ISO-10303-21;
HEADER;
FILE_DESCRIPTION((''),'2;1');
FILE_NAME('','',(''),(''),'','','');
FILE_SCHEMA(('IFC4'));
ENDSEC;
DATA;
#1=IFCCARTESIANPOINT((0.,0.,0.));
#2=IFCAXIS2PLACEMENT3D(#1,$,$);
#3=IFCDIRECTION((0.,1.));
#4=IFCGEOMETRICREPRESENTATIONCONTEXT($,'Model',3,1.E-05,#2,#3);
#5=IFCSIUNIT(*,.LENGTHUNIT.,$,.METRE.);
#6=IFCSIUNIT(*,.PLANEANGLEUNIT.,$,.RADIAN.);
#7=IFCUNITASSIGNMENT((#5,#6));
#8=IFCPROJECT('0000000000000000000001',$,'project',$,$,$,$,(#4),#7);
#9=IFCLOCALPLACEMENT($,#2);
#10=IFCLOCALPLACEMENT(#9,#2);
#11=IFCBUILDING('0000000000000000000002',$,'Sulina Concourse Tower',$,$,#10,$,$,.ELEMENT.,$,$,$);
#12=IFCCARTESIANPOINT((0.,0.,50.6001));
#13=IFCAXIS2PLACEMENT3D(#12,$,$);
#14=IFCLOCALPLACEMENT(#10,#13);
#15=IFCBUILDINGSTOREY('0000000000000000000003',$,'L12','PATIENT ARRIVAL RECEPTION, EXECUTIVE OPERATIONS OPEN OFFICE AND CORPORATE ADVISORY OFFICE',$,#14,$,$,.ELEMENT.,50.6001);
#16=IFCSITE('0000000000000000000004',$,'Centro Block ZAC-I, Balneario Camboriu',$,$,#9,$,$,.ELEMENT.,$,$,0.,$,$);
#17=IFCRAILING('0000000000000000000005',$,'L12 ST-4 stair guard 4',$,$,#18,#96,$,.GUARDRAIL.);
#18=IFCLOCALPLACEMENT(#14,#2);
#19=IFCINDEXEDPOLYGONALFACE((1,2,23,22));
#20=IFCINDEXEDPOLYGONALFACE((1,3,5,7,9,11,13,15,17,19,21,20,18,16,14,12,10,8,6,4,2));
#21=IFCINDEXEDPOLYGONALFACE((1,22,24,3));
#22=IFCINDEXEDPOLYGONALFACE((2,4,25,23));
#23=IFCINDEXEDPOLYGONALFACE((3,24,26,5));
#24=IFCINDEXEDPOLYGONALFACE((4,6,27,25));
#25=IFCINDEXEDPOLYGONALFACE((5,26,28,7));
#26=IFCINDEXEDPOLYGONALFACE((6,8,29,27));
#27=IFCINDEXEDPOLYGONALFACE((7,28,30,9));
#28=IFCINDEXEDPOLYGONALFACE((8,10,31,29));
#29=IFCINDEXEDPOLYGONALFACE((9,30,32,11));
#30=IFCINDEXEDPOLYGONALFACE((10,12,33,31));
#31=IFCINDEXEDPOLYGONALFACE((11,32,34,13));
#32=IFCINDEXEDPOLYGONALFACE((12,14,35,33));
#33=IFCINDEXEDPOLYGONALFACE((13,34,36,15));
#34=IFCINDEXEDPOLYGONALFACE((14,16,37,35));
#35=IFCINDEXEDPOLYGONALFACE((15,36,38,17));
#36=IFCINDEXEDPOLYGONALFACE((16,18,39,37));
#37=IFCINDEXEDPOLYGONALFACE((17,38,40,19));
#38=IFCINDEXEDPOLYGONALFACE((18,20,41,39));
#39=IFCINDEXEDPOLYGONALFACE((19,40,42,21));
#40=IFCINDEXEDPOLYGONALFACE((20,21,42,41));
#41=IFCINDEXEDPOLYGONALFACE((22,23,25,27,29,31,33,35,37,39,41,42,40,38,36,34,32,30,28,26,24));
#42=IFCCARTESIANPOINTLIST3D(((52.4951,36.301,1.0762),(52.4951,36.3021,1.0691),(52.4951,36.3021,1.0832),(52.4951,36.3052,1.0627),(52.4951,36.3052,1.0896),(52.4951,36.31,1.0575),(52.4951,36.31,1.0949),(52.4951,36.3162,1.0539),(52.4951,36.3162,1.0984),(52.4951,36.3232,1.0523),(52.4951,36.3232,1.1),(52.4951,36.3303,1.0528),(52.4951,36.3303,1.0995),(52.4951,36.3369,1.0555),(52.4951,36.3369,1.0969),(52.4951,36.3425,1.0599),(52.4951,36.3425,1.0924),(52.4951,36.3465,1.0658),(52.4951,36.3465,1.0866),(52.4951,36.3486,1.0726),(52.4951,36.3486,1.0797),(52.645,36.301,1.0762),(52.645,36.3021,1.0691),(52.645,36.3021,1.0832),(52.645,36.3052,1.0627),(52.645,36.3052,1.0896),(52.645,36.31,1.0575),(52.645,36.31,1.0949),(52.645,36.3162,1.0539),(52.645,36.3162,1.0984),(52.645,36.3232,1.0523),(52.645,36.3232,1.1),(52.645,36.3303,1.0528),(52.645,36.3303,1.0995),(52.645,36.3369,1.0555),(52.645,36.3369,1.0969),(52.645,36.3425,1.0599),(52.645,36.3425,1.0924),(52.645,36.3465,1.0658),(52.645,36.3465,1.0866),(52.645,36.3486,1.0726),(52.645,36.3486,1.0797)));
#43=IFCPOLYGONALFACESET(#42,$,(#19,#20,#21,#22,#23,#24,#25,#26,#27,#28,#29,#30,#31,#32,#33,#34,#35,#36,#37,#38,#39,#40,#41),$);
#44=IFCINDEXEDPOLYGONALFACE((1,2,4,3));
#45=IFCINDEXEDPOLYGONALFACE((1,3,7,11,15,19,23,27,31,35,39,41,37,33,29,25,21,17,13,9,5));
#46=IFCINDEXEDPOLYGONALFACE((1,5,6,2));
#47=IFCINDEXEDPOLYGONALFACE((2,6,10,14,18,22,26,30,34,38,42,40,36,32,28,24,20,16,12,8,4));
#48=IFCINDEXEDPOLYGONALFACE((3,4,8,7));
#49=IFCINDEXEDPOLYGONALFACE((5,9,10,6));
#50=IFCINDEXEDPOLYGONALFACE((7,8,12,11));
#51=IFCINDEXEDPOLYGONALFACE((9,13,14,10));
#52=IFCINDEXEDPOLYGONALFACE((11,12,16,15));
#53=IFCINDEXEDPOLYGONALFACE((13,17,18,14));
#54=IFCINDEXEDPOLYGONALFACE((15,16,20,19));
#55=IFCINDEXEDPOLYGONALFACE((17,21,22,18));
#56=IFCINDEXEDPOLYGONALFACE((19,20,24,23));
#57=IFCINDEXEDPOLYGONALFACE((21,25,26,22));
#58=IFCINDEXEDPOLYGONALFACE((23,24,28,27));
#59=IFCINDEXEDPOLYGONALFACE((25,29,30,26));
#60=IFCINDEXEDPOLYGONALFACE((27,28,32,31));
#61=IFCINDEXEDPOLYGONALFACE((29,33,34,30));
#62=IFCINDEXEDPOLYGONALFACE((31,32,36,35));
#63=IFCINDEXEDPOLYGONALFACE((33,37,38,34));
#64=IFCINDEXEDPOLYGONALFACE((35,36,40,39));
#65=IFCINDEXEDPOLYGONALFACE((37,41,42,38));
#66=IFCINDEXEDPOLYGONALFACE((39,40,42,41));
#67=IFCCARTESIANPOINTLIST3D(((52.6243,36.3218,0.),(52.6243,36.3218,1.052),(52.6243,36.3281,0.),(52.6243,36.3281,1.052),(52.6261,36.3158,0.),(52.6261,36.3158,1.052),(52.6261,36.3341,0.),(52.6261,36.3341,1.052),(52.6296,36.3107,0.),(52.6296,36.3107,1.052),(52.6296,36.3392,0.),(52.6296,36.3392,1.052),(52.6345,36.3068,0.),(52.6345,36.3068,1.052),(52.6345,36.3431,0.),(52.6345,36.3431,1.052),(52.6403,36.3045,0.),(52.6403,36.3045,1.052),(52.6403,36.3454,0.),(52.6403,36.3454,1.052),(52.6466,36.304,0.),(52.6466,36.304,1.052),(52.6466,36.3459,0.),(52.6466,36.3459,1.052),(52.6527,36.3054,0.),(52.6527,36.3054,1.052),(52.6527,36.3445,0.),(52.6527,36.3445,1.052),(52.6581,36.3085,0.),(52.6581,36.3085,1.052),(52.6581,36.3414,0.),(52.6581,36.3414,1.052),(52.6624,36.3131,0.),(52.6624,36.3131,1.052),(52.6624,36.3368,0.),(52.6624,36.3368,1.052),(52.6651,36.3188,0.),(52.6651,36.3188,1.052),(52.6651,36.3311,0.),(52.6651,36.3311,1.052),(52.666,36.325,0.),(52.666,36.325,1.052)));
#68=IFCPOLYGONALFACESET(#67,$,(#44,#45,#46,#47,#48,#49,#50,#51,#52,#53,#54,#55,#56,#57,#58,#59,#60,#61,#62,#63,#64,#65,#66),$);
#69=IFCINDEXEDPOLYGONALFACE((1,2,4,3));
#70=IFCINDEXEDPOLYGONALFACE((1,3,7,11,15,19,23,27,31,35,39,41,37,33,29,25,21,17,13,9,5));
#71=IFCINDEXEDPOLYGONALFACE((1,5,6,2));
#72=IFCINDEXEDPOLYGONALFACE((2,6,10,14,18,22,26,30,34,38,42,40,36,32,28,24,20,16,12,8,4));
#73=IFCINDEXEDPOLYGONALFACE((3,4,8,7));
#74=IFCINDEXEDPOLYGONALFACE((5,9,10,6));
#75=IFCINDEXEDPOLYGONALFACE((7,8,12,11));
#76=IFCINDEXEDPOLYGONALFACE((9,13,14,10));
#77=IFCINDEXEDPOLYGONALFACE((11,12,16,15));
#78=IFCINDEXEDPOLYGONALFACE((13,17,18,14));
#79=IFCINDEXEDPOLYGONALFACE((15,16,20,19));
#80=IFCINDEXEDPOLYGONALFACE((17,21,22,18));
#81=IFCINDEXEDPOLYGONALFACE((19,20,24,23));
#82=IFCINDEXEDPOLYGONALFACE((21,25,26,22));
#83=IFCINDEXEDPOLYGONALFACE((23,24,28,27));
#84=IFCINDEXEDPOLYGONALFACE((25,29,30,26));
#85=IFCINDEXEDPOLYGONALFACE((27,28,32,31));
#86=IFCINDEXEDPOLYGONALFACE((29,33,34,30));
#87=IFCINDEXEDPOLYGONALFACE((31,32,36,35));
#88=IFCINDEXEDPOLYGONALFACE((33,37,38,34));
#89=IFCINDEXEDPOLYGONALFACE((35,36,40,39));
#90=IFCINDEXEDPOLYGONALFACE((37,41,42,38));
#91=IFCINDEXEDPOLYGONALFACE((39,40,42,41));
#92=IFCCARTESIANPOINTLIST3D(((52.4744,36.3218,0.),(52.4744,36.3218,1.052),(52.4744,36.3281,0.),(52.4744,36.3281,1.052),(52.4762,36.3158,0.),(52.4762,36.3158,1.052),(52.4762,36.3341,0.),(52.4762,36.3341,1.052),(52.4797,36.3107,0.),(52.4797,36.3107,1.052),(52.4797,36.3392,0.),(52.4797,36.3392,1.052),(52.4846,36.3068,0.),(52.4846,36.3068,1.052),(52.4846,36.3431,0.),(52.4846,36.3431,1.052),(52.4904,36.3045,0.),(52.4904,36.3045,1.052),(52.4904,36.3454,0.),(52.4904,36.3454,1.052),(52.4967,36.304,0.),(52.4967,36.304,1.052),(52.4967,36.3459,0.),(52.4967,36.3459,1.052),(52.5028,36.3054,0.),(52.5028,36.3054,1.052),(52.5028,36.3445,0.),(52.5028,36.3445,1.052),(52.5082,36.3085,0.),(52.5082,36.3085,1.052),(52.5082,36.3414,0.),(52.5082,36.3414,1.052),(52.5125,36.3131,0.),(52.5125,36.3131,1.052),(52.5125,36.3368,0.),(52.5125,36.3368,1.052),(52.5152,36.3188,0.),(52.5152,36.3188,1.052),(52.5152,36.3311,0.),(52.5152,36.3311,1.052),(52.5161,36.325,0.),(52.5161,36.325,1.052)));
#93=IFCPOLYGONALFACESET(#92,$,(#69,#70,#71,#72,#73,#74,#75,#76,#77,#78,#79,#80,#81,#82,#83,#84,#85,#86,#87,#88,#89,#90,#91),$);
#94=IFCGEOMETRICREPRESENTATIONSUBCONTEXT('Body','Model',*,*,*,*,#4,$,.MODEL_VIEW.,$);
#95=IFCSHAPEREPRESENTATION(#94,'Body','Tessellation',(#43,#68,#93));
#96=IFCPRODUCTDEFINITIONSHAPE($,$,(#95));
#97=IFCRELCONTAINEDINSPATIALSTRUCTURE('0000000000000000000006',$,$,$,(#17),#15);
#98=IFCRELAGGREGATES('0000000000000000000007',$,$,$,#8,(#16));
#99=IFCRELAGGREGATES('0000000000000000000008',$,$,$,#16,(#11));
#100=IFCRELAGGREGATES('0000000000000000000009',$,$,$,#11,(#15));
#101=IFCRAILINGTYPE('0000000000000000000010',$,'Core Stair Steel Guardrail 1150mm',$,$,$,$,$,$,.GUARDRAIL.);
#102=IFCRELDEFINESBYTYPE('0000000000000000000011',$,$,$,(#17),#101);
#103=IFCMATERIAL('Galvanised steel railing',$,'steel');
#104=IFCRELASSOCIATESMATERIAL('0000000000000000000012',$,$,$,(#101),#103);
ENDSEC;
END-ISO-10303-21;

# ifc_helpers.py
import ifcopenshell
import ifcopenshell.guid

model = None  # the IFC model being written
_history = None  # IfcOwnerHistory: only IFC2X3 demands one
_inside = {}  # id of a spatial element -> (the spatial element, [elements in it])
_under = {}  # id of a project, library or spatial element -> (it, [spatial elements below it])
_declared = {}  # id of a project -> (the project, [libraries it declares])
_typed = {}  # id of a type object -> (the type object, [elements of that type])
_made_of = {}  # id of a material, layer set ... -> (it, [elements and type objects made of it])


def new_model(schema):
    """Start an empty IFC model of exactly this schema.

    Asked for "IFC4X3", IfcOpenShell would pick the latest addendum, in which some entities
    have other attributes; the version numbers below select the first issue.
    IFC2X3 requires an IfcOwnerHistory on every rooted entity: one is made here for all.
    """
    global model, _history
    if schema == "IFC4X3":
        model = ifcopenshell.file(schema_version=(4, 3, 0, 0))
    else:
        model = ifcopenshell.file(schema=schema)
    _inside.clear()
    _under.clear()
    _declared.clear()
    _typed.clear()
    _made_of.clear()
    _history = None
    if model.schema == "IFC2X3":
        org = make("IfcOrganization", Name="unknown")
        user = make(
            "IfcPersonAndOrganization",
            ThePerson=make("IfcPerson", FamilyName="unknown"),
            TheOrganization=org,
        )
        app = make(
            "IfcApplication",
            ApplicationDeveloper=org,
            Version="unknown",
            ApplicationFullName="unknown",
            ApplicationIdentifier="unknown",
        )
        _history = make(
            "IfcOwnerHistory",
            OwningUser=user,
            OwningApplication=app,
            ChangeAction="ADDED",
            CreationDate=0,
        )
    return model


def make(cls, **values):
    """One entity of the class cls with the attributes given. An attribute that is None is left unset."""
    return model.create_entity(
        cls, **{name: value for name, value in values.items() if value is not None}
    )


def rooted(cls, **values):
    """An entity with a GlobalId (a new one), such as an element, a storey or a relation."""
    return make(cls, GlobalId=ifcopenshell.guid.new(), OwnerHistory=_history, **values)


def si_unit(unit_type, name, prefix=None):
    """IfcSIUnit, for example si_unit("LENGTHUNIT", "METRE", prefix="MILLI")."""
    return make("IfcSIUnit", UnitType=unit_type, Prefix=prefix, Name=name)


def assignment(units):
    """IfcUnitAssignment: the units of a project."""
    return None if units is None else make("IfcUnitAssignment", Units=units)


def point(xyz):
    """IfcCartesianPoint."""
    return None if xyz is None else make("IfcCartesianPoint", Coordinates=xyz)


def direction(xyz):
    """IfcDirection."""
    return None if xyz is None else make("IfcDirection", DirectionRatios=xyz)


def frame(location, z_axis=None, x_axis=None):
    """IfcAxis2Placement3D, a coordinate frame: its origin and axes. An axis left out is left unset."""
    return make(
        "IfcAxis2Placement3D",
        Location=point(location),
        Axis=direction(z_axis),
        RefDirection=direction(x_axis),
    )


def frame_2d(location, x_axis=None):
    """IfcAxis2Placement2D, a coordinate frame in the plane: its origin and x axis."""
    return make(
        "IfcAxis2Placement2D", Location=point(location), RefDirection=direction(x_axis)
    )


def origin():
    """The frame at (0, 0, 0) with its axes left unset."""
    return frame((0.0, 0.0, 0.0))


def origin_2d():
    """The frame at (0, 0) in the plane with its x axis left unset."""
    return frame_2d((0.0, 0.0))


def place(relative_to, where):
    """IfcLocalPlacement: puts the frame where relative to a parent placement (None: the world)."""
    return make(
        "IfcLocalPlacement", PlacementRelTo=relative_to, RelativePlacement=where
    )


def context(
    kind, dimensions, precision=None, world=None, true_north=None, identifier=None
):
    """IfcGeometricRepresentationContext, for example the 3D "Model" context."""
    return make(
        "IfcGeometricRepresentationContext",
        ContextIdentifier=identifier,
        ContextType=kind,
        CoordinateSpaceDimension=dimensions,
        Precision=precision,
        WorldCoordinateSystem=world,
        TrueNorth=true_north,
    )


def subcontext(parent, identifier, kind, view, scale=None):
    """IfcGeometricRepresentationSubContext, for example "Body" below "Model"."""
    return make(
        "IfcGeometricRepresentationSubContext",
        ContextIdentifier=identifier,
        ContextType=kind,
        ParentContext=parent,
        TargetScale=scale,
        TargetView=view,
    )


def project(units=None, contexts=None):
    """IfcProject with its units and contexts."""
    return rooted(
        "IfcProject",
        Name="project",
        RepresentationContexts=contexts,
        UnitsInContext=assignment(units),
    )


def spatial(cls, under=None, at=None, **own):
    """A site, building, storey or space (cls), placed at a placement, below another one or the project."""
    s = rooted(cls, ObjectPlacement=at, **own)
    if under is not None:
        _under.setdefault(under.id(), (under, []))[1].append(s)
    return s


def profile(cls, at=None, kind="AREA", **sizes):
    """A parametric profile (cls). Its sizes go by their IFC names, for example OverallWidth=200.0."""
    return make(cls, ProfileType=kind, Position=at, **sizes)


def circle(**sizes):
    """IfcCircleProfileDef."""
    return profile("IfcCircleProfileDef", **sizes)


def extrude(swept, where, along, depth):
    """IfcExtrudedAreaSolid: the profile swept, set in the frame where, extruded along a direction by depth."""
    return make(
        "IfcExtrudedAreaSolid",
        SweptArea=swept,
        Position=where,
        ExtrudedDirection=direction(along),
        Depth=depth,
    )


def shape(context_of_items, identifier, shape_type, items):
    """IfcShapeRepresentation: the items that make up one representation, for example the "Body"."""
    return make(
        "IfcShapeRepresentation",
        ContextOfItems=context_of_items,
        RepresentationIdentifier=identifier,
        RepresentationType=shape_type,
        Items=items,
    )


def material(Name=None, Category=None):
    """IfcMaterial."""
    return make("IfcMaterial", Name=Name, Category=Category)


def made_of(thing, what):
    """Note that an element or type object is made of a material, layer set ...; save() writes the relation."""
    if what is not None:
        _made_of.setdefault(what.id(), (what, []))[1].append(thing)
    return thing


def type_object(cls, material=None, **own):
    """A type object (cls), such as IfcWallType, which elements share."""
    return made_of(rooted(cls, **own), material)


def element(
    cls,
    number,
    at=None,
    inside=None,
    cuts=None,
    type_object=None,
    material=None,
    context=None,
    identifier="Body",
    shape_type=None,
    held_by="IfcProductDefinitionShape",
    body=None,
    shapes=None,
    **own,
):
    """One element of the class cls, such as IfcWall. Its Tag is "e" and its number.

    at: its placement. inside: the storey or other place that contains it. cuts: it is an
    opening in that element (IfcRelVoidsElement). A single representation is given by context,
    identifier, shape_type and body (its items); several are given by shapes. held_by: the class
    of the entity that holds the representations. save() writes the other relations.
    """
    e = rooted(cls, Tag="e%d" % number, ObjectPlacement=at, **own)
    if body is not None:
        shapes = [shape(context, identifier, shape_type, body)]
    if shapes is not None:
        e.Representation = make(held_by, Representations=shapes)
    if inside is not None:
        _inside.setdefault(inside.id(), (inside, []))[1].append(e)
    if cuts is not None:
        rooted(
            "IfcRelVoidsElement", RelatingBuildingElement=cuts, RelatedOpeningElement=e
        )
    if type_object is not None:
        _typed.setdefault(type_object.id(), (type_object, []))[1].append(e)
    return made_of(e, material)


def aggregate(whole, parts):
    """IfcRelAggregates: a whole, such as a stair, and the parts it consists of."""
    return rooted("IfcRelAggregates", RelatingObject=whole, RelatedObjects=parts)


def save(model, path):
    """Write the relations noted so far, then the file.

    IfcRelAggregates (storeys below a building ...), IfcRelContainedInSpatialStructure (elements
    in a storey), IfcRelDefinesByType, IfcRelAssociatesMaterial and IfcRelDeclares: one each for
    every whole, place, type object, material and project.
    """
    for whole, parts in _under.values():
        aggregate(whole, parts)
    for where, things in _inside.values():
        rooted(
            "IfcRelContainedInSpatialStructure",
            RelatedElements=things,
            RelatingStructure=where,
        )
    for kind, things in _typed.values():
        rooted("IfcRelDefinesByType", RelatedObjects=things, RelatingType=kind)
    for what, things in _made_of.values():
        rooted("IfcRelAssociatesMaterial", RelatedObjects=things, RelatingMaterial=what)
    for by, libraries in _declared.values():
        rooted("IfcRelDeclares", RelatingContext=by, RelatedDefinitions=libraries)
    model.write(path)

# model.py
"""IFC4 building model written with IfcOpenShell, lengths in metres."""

from ifc_helpers import new_model, si_unit, direction, frame, origin, origin_2d, place, context, subcontext, project, spatial, circle, extrude, material, type_object, element, save


model = new_model("IFC4")

# Units and contexts
model_context = context("Model", 3, precision=1e-05, world=origin(), true_north=direction((0.0, 1.0)))
body_context = subcontext(model_context, "Body", "Model", "MODEL_VIEW")
ifc_project = project(units=[si_unit("LENGTHUNIT", "METRE"), si_unit("PLANEANGLEUNIT", "RADIAN")], contexts=[model_context])

# Site, building, storey
site_placement = place(None, origin())
site = spatial("IfcSite", under=ifc_project, at=site_placement, Name="Centro Block ZAC-I, Balneario Camboriu", CompositionType="ELEMENT", RefElevation=0.0)
building_placement = place(site_placement, origin())
building = spatial("IfcBuilding", under=site, at=building_placement, Name="Sulina Concourse Tower", CompositionType="ELEMENT")
storey_placement = place(building_placement, frame((0.0, 0.0, 50.6001)))
storey = spatial("IfcBuildingStorey", under=building, at=storey_placement, Name="L12", Description="PATIENT ARRIVAL RECEPTION, EXECUTIVE OPERATIONS OPEN OFFICE AND CORPORATE ADVISORY OFFICE", CompositionType="ELEMENT", Elevation=50.6001)

# Railing
ifc_material_1 = material(Name="Galvanised steel railing", Category="steel")
railing_type_1 = type_object("IfcRailingType", Name="Core Stair Steel Guardrail 1150mm", PredefinedType="GUARDRAIL", material=ifc_material_1)
railing_1_placement = place(storey_placement, frame((52.645, 36.325, 0.0)))
element("IfcRailing", 1, at=railing_1_placement, inside=storey, type_object=railing_type_1, Name="L12 ST-4 stair guard 4", PredefinedType="GUARDRAIL", context=body_context, shape_type="SweptSolid", body=[
    extrude(circle(Radius=0.0239, at=origin_2d()), frame((0.0, 0.0, 1.0762), z_axis=(-1.0, 0.0, 0.0), x_axis=(0.0, -1.0, 0.0)), (0.0, 0.0, 1.0), 0.1499),
    extrude(circle(Radius=0.021, at=origin_2d()), origin(), (0.0, 0.0, 1.0), 1.052),
    extrude(circle(Radius=0.021, at=origin_2d()), frame((-0.1499, 0.0, 0.0)), (0.0, 0.0, 1.0), 1.052),
])

save(model, "model.ifc")
